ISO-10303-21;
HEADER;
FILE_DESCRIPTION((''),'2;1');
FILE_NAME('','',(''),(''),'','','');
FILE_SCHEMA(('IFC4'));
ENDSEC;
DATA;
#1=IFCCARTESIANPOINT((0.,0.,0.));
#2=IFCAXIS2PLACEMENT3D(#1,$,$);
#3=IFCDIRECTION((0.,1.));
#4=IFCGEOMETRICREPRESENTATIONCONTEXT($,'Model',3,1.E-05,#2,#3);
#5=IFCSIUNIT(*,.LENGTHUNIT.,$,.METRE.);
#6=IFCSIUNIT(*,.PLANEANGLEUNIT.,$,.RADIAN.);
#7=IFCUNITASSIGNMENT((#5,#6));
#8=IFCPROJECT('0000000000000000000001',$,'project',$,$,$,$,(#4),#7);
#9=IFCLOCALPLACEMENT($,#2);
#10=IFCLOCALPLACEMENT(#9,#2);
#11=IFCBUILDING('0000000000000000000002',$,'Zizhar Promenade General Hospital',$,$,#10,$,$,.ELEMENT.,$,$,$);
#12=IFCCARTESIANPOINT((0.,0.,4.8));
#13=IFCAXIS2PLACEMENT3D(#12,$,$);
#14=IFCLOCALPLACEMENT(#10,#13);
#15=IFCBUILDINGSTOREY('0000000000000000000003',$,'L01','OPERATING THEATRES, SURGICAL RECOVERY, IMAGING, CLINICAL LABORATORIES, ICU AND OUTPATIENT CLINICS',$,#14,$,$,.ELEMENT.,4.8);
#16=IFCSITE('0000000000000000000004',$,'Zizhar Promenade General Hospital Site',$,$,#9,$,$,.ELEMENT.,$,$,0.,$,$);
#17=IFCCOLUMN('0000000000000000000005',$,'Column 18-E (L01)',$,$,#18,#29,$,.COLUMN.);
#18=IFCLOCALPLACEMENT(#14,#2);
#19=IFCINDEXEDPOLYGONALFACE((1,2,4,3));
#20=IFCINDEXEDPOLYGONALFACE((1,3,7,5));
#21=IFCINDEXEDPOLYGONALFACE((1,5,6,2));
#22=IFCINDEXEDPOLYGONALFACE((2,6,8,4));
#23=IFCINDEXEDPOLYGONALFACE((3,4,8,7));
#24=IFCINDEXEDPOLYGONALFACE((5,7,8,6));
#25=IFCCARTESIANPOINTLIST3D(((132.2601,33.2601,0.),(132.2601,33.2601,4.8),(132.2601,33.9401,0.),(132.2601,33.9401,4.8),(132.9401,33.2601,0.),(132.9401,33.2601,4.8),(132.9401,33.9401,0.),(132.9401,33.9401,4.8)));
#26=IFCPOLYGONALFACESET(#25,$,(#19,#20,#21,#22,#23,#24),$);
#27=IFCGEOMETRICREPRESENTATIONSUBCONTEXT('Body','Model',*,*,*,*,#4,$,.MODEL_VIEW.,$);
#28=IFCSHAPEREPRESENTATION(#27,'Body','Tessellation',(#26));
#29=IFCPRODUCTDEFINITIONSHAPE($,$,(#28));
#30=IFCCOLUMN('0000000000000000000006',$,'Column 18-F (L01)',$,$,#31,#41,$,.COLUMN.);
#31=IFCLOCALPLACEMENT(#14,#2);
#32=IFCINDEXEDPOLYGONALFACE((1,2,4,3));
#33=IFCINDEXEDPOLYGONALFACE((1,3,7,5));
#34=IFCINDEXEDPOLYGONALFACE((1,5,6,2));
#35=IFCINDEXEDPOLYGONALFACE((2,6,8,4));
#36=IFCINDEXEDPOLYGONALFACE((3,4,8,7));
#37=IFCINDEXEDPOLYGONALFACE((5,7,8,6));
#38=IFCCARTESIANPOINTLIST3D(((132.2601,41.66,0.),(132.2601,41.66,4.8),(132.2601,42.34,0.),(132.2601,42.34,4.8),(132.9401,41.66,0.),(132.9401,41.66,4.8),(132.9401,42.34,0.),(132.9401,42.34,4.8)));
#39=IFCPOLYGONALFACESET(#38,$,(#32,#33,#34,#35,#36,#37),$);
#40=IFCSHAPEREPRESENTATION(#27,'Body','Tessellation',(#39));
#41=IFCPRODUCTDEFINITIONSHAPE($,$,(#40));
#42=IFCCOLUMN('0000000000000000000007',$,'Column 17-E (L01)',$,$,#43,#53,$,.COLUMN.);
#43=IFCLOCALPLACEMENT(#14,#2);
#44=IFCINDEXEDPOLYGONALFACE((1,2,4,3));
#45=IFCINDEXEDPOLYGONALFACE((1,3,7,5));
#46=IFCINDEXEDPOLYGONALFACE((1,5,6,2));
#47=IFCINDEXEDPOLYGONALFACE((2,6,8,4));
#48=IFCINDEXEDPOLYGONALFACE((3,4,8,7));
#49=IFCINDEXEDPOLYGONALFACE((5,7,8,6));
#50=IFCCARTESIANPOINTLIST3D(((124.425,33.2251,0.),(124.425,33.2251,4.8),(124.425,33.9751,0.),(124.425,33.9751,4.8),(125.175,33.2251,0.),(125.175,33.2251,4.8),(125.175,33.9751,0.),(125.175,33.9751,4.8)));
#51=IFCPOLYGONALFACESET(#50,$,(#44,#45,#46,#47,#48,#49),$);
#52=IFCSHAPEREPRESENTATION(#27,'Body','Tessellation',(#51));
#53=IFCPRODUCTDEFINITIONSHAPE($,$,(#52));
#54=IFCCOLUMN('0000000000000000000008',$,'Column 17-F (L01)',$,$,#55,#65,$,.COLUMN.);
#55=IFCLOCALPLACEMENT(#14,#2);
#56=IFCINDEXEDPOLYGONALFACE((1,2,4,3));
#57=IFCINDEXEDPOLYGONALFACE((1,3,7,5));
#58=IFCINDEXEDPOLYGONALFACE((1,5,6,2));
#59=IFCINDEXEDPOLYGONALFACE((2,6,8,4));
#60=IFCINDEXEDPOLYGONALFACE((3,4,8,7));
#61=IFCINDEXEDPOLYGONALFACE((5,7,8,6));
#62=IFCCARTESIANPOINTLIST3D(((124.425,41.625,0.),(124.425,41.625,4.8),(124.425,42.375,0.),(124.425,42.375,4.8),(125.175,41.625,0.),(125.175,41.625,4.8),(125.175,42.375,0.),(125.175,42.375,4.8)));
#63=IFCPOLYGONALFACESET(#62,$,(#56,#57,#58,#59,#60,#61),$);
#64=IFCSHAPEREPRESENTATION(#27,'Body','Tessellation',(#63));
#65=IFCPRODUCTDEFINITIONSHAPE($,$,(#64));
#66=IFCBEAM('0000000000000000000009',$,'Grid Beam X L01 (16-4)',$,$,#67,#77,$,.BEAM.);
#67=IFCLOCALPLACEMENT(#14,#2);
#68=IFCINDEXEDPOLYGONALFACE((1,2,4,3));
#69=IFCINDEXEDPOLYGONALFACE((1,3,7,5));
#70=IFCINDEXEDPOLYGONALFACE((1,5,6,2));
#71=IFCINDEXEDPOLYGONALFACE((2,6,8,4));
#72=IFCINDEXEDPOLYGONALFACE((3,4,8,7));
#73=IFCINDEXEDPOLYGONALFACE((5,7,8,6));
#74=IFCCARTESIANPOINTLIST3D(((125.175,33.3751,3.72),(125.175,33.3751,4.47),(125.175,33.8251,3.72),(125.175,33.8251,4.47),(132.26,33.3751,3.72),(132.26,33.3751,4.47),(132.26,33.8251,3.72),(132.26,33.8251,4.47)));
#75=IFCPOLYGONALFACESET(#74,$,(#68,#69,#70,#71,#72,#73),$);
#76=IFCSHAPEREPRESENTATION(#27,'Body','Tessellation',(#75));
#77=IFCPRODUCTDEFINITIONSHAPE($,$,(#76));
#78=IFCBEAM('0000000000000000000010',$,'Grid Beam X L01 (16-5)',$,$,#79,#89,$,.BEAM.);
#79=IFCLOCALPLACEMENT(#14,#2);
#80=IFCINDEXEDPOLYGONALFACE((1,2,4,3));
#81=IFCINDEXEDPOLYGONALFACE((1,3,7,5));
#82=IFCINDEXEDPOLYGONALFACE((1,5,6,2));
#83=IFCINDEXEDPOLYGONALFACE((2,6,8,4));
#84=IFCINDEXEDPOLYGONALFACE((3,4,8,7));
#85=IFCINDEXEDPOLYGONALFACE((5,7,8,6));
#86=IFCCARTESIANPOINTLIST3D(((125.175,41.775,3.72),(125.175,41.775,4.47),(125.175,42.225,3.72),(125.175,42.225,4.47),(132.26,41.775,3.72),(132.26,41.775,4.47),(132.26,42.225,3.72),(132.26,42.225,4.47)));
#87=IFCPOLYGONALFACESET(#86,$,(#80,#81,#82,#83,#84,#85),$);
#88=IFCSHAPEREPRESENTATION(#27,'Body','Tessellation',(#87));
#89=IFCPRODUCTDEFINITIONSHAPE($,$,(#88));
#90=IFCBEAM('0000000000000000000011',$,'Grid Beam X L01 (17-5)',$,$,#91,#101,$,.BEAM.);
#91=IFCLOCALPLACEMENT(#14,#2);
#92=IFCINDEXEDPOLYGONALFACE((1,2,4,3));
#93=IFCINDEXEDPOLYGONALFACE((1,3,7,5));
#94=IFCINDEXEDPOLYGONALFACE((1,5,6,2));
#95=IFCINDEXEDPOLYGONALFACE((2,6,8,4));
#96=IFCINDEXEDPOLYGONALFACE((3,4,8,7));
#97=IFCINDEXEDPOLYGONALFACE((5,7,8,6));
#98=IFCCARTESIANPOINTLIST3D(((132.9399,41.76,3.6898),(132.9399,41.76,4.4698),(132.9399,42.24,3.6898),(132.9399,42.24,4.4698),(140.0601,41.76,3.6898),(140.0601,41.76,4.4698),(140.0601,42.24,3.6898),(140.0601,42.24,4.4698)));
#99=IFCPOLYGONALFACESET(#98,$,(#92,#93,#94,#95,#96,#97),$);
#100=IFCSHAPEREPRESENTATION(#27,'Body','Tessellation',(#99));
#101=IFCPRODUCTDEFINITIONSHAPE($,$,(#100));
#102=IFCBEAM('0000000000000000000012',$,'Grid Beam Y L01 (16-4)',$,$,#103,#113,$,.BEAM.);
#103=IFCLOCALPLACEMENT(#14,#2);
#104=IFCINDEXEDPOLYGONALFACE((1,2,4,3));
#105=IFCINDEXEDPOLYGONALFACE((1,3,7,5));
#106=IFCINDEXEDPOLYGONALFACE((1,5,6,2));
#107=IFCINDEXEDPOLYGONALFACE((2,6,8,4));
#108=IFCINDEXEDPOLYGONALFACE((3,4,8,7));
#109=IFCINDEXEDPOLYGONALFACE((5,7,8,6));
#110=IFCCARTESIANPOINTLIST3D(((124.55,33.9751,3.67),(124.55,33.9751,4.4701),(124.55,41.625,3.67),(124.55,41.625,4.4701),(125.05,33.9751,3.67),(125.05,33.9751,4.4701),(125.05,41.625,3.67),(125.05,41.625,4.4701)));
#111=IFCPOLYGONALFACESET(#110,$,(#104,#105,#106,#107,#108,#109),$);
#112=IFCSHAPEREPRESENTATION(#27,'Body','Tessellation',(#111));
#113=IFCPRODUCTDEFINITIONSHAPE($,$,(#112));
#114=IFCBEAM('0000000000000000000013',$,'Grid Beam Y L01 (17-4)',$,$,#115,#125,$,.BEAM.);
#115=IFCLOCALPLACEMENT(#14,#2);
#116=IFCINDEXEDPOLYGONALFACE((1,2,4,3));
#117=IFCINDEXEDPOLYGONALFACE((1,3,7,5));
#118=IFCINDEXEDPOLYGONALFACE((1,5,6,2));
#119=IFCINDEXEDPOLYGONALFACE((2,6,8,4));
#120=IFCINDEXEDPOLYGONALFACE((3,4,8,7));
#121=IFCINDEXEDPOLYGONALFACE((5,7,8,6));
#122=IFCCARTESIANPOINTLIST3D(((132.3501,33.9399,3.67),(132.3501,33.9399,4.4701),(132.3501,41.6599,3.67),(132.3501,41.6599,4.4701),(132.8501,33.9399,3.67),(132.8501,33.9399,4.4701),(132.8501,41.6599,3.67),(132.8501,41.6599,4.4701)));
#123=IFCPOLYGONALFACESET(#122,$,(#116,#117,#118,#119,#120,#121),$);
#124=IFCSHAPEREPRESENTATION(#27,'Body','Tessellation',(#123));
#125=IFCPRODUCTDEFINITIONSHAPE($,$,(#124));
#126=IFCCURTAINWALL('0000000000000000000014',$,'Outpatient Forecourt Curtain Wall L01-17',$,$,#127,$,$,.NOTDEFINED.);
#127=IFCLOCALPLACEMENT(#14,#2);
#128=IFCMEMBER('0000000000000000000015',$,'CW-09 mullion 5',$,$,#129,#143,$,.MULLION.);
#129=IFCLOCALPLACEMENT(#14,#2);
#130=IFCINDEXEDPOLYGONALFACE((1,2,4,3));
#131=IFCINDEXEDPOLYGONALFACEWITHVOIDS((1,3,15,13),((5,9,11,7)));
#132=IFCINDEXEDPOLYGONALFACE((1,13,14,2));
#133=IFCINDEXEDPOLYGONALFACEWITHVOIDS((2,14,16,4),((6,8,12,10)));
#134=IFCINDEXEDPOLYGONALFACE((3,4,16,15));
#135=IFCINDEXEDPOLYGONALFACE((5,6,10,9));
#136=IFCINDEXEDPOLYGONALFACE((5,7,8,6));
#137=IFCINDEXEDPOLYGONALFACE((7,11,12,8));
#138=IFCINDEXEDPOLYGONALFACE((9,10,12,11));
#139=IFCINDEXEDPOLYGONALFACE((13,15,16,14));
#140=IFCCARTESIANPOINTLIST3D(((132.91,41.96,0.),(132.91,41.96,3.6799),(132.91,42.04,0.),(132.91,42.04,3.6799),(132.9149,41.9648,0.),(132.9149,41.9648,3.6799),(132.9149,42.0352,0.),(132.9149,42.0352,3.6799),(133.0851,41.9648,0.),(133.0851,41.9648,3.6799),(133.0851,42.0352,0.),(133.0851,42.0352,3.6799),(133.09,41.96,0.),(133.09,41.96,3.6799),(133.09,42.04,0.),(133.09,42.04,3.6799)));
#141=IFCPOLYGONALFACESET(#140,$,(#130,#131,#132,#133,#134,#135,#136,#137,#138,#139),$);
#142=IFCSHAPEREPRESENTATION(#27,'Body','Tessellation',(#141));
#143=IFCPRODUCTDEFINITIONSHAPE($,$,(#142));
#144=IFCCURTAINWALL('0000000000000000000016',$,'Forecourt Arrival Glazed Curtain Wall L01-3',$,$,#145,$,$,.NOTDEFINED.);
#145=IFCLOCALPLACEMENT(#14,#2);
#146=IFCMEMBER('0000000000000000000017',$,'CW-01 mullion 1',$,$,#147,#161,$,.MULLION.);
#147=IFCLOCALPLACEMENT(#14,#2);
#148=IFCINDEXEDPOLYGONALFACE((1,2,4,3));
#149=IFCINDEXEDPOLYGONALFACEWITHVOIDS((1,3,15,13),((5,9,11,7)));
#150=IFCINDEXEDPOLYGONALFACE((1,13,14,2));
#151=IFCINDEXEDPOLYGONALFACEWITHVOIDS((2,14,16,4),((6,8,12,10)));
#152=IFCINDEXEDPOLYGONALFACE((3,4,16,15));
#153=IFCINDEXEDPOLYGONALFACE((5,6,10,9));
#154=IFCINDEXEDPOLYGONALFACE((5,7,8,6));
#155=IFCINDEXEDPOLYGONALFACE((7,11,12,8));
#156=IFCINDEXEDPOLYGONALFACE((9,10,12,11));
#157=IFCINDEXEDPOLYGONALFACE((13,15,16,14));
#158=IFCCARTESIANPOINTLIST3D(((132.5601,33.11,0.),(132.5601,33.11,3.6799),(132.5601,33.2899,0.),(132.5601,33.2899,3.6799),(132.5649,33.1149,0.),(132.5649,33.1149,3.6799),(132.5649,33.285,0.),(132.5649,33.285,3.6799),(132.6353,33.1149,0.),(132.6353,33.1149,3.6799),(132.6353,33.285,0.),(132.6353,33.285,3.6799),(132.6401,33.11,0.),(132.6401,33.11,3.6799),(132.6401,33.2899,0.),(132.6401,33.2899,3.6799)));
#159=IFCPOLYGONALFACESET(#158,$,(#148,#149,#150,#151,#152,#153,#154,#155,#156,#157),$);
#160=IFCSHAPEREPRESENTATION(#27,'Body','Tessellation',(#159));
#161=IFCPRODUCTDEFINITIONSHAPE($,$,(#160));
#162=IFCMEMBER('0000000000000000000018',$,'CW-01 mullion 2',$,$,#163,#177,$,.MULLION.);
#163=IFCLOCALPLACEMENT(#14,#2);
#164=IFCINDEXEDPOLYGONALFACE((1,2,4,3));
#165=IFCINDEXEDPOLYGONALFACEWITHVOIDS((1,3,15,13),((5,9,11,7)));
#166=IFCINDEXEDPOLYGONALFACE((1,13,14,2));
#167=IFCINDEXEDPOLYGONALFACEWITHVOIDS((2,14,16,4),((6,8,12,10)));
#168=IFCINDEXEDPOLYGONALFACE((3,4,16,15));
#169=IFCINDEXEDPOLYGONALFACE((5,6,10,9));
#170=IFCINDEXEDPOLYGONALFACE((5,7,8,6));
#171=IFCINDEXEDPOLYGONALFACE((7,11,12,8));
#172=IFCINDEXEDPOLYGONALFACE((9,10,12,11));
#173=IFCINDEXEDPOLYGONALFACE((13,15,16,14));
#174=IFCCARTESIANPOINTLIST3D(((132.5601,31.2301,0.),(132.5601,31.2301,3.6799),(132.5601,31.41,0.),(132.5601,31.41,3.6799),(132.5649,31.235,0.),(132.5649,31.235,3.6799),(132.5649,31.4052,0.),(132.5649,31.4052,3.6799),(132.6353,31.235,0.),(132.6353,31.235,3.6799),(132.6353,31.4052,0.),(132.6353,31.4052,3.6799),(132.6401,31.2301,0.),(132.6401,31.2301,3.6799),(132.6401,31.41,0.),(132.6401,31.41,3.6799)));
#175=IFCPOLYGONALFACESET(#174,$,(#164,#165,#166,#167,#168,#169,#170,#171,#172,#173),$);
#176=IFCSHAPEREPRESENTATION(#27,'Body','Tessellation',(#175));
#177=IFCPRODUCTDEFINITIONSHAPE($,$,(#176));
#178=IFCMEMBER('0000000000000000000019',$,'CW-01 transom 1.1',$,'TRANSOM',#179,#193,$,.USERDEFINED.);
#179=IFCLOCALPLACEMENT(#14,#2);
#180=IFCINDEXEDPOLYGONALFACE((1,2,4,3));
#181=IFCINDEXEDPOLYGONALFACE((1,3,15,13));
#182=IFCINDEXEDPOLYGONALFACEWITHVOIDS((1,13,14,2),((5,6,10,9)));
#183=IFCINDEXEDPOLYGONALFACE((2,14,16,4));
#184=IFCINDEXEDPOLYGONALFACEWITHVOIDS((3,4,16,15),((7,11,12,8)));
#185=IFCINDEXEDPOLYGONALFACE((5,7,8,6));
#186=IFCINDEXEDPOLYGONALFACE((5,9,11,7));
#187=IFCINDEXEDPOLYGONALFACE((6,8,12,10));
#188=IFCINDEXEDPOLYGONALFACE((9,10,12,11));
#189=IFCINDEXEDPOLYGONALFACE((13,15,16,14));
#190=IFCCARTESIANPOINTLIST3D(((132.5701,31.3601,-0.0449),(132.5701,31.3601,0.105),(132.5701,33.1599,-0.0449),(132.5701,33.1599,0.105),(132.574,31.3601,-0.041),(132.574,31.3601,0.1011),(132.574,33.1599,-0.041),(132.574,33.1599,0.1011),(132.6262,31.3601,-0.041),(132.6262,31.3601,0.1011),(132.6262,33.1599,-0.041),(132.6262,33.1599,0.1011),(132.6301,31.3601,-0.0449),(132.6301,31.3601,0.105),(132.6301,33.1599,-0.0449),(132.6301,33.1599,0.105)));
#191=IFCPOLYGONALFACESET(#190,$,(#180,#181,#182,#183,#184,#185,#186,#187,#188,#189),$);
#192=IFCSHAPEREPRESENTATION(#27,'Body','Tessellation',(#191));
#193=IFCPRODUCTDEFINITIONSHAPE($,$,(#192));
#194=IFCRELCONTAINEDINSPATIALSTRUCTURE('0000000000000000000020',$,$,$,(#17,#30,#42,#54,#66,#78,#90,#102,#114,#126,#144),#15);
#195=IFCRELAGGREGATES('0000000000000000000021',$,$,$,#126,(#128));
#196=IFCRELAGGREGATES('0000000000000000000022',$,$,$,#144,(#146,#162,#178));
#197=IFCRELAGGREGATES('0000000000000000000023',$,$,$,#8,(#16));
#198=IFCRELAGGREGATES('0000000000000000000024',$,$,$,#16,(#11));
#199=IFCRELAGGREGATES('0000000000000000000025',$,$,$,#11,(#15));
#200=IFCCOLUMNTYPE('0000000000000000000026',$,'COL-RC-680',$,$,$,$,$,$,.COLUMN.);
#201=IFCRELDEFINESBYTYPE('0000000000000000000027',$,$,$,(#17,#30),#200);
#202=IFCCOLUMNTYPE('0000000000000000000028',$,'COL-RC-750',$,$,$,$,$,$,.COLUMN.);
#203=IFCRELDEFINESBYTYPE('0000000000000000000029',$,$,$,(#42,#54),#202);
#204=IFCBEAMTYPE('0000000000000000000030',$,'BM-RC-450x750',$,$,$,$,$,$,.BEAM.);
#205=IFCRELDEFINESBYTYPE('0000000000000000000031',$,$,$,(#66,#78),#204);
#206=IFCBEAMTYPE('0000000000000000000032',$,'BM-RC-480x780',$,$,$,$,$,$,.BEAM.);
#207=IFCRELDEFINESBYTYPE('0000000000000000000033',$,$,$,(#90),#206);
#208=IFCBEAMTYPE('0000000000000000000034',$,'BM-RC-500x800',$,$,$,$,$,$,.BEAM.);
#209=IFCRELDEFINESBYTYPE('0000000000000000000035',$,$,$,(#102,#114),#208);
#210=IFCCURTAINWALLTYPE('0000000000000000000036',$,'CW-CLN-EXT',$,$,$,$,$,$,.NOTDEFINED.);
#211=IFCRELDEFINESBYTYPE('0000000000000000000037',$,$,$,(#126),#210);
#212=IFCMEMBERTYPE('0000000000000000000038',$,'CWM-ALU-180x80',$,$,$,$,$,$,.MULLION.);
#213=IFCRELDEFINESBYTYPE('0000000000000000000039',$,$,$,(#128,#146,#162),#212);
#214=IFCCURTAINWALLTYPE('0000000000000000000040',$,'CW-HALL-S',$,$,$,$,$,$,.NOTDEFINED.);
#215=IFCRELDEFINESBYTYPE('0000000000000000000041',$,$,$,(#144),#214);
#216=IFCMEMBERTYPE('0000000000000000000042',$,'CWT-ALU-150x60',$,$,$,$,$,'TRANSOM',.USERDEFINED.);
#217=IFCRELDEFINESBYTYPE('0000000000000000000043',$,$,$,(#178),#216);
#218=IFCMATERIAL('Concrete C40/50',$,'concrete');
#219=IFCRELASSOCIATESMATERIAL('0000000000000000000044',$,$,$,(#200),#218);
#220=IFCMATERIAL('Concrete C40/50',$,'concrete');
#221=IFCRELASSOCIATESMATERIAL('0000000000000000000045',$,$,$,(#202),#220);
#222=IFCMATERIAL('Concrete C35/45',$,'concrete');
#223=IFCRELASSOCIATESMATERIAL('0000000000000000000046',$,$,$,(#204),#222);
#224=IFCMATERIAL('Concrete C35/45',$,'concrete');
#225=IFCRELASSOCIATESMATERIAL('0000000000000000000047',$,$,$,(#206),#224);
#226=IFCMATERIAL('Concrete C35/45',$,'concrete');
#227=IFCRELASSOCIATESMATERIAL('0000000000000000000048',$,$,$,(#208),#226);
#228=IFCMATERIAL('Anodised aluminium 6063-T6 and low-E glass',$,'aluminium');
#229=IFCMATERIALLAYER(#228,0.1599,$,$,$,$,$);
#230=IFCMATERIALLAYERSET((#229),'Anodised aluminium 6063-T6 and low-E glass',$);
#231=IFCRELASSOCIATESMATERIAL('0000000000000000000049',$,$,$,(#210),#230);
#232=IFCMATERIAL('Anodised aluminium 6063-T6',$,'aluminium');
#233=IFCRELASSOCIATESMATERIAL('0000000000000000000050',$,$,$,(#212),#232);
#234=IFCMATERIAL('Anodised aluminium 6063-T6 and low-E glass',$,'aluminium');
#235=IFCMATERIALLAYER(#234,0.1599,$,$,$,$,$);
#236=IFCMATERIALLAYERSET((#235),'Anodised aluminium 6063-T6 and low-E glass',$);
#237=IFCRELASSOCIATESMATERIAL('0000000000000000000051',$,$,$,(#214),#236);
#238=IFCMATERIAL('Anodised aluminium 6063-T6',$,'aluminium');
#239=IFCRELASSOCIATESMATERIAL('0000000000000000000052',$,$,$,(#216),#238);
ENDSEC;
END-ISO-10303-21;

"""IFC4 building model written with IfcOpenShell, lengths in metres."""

from ifc_helpers import new_model, si_unit, direction, frame, origin, origin_2d, place, context, subcontext, project, spatial, rectangle, hollow_rectangle, extrude, material, layer, layer_set, material_profile, profile_set, type_object, element, aggregate, save


model = new_model("IFC4")

# Units and contexts
model_context = context("Model", 3, precision=1e-05, world=origin(), true_north=direction((0.0, 1.0)))
body_context = subcontext(model_context, "Body", "Model", "MODEL_VIEW")
ifc_project = project(units=[si_unit("LENGTHUNIT", "METRE"), si_unit("PLANEANGLEUNIT", "RADIAN")], contexts=[model_context])

# Site, building, storey
site_placement = place(None, origin())
site = spatial("IfcSite", under=ifc_project, at=site_placement, Name="Zizhar Promenade General Hospital Site", CompositionType="ELEMENT", RefElevation=0.0)
building_placement = place(site_placement, origin())
building = spatial("IfcBuilding", under=site, at=building_placement, Name="Zizhar Promenade General Hospital", CompositionType="ELEMENT")
storey_placement = place(building_placement, frame((0.0, 0.0, 4.8)))
storey = spatial("IfcBuildingStorey", under=building, at=storey_placement, Name="L01", Description="OPERATING THEATRES, SURGICAL RECOVERY, IMAGING, CLINICAL LABORATORIES, ICU AND OUTPATIENT CLINICS", CompositionType="ELEMENT", Elevation=4.8)

# Columns
ifc_material_1 = material(Name="Concrete C40/50", Category="concrete")
ifc_material_profile_1 = material_profile(ifc_material_1, rectangle(XDim=0.6799, YDim=0.6799, at=origin_2d()))
ifc_profile_set_1 = profile_set([ifc_material_profile_1], Name="Concrete C40/50")
column_type_1 = type_object("IfcColumnType", Name="COL-RC-680", PredefinedType="COLUMN", material=ifc_profile_set_1)
for number, where, z_axis, x_axis, name in (
    (1, (132.6001, 33.6001, 0.0), (0.0, 0.0, 1.0), (1.0, 0.0, 0.0), "Column 18-E (L01)"),
    (2, (132.6001, 42.0, 0.0), (0.0, 0.0, 1.0), (1.0, 0.0, 0.0), "Column 18-F (L01)"),
):
    element("IfcColumn", number, at=place(storey_placement, frame(where, z_axis=z_axis, x_axis=x_axis)), inside=storey, type_object=column_type_1, Name=name, PredefinedType="COLUMN", context=body_context, shape_type="SweptSolid", body=[
        extrude(rectangle(XDim=0.6799, YDim=0.6799, at=origin_2d()), origin(), (0.0, 0.0, 1.0), 4.8),
    ])
ifc_material_2 = material(Name="Concrete C40/50", Category="concrete")
ifc_material_profile_2 = material_profile(ifc_material_2, rectangle(XDim=0.75, YDim=0.75, at=origin_2d()))
ifc_profile_set_2 = profile_set([ifc_material_profile_2], Name="Concrete C40/50")
column_type_2 = type_object("IfcColumnType", Name="COL-RC-750", PredefinedType="COLUMN", material=ifc_profile_set_2)
for number, where, z_axis, x_axis, name in (
    (3, (124.8, 33.6001, 0.0), (0.0, 0.0, 1.0), (1.0, 0.0, 0.0), "Column 17-E (L01)"),
    (4, (124.8, 42.0, 0.0), (0.0, 0.0, 1.0), (1.0, 0.0, 0.0), "Column 17-F (L01)"),
):
    element("IfcColumn", number, at=place(storey_placement, frame(where, z_axis=z_axis, x_axis=x_axis)), inside=storey, type_object=column_type_2, Name=name, PredefinedType="COLUMN", context=body_context, shape_type="SweptSolid", body=[
        extrude(rectangle(XDim=0.75, YDim=0.75, at=origin_2d()), origin(), (0.0, 0.0, 1.0), 4.8),
    ])

# Beams
ifc_material_3 = material(Name="Concrete C35/45", Category="concrete")
ifc_material_profile_3 = material_profile(ifc_material_3, rectangle(XDim=0.45, YDim=0.75, at=origin_2d()))
ifc_profile_set_3 = profile_set([ifc_material_profile_3], Name="Concrete C35/45")
beam_type_1 = type_object("IfcBeamType", Name="BM-RC-450x750", PredefinedType="BEAM", material=ifc_profile_set_3)
for number, where, z_axis, x_axis, name in (
    (5, (125.175, 33.6001, 4.095), (1.0, 0.0, 0.0), (0.0, 1.0, 0.0), "Grid Beam X L01 (16-4)"),
    (6, (125.175, 42.0, 4.095), (1.0, 0.0, 0.0), (0.0, 1.0, 0.0), "Grid Beam X L01 (16-5)"),
):
    element("IfcBeam", number, at=place(storey_placement, frame(where, z_axis=z_axis, x_axis=x_axis)), inside=storey, type_object=beam_type_1, Name=name, PredefinedType="BEAM", context=body_context, shape_type="SweptSolid", body=[
        extrude(rectangle(XDim=0.45, YDim=0.75, at=origin_2d()), origin(), (0.0, 0.0, 1.0), 7.085),
    ])
ifc_material_4 = material(Name="Concrete C35/45", Category="concrete")
ifc_material_profile_4 = material_profile(ifc_material_4, rectangle(XDim=0.48, YDim=0.78, at=origin_2d()))
ifc_profile_set_4 = profile_set([ifc_material_profile_4], Name="Concrete C35/45")
beam_type_2 = type_object("IfcBeamType", Name="BM-RC-480x780", PredefinedType="BEAM", material=ifc_profile_set_4)
beam_1_placement = place(storey_placement, frame((132.9399, 42.0, 4.0798), z_axis=(1.0, 0.0, 0.0), x_axis=(0.0, 1.0, 0.0)))
element("IfcBeam", 7, at=beam_1_placement, inside=storey, type_object=beam_type_2, Name="Grid Beam X L01 (17-5)", PredefinedType="BEAM", context=body_context, shape_type="SweptSolid", body=[
    extrude(rectangle(XDim=0.48, YDim=0.78, at=origin_2d()), origin(), (0.0, 0.0, 1.0), 7.1201),
])
ifc_material_5 = material(Name="Concrete C35/45", Category="concrete")
ifc_material_profile_5 = material_profile(ifc_material_5, rectangle(XDim=0.5, YDim=0.8, at=origin_2d()))
ifc_profile_set_5 = profile_set([ifc_material_profile_5], Name="Concrete C35/45")
beam_type_3 = type_object("IfcBeamType", Name="BM-RC-500x800", PredefinedType="BEAM", material=ifc_profile_set_5)
beam_2_placement = place(storey_placement, frame((124.8, 33.9751, 4.0701), z_axis=(0.0, 1.0, 0.0), x_axis=(-1.0, 0.0, 0.0)))
element("IfcBeam", 8, at=beam_2_placement, inside=storey, type_object=beam_type_3, Name="Grid Beam Y L01 (16-4)", PredefinedType="BEAM", context=body_context, shape_type="SweptSolid", body=[
    extrude(rectangle(XDim=0.5, YDim=0.8, at=origin_2d()), origin(), (0.0, 0.0, 1.0), 7.6499),
])
beam_3_placement = place(storey_placement, frame((132.6001, 33.9399, 4.0701), z_axis=(0.0, 1.0, 0.0), x_axis=(-1.0, 0.0, 0.0)))
element("IfcBeam", 9, at=beam_3_placement, inside=storey, type_object=beam_type_3, Name="Grid Beam Y L01 (17-4)", PredefinedType="BEAM", context=body_context, shape_type="SweptSolid", body=[
    extrude(rectangle(XDim=0.5, YDim=0.8, at=origin_2d()), origin(), (0.0, 0.0, 1.0), 7.72),
])

# Curtain wall, member
ifc_material_6 = material(Name="Anodised aluminium 6063-T6 and low-E glass", Category="aluminium")
ifc_layer_1 = layer(ifc_material_6, 0.1599)
ifc_layer_set_1 = layer_set([ifc_layer_1], Name="Anodised aluminium 6063-T6 and low-E glass")
curtain_wall_type_1 = type_object("IfcCurtainWallType", Name="CW-CLN-EXT", PredefinedType="NOTDEFINED", material=ifc_layer_set_1)
curtain_wall_1_placement = place(storey_placement, origin())
curtain_wall_1 = element("IfcCurtainWall", 10, at=curtain_wall_1_placement, inside=storey, type_object=curtain_wall_type_1, Name="Outpatient Forecourt Curtain Wall L01-17", PredefinedType="NOTDEFINED")
ifc_material_7 = material(Name="Anodised aluminium 6063-T6", Category="aluminium")
ifc_material_profile_6 = material_profile(ifc_material_7, hollow_rectangle(XDim=0.0801, YDim=0.1799, WallThickness=0.0049, at=origin_2d()))
ifc_profile_set_6 = profile_set([ifc_material_profile_6], Name="Anodised aluminium 6063-T6")
member_type_1 = type_object("IfcMemberType", Name="CWM-ALU-180x80", PredefinedType="MULLION", material=ifc_profile_set_6)
member_1_placement = place(storey_placement, frame((133.0, 42.0, 0.0), z_axis=(0.0, 0.0, 1.0), x_axis=(0.0, -1.0, 0.0)))
member_1 = element("IfcMember", 11, at=member_1_placement, type_object=member_type_1, Name="CW-09 mullion 5", PredefinedType="MULLION", context=body_context, shape_type="SweptSolid", body=[
    extrude(hollow_rectangle(XDim=0.0801, YDim=0.1799, WallThickness=0.0049, at=origin_2d()), origin(), (0.0, 0.0, 1.0), 3.6799),
])

# Curtain wall, members
ifc_material_8 = material(Name="Anodised aluminium 6063-T6 and low-E glass", Category="aluminium")
ifc_layer_2 = layer(ifc_material_8, 0.1599)
ifc_layer_set_2 = layer_set([ifc_layer_2], Name="Anodised aluminium 6063-T6 and low-E glass")
curtain_wall_type_2 = type_object("IfcCurtainWallType", Name="CW-HALL-S", PredefinedType="NOTDEFINED", material=ifc_layer_set_2)
curtain_wall_2_placement = place(storey_placement, origin())
curtain_wall_2 = element("IfcCurtainWall", 12, at=curtain_wall_2_placement, inside=storey, type_object=curtain_wall_type_2, Name="Forecourt Arrival Glazed Curtain Wall L01-3", PredefinedType="NOTDEFINED")
member_2_placement = place(storey_placement, frame((132.6001, 33.2, 0.0), z_axis=(0.0, 0.0, 1.0), x_axis=(1.0, 0.0, 0.0)))
member_2 = element("IfcMember", 13, at=member_2_placement, type_object=member_type_1, Name="CW-01 mullion 1", PredefinedType="MULLION", context=body_context, shape_type="SweptSolid", body=[
    extrude(hollow_rectangle(XDim=0.0801, YDim=0.1799, WallThickness=0.0049, at=origin_2d()), origin(), (0.0, 0.0, 1.0), 3.6799),
])
member_3_placement = place(storey_placement, frame((132.6001, 31.3201, 0.0), z_axis=(0.0, 0.0, 1.0), x_axis=(1.0, 0.0, 0.0)))
member_3 = element("IfcMember", 14, at=member_3_placement, type_object=member_type_1, Name="CW-01 mullion 2", PredefinedType="MULLION", context=body_context, shape_type="SweptSolid", body=[
    extrude(hollow_rectangle(XDim=0.0801, YDim=0.1799, WallThickness=0.0049, at=origin_2d()), origin(), (0.0, 0.0, 1.0), 3.6799),
])
ifc_material_9 = material(Name="Anodised aluminium 6063-T6", Category="aluminium")
ifc_material_profile_7 = material_profile(ifc_material_9, hollow_rectangle(XDim=0.0601, YDim=0.1499, WallThickness=0.0039, at=origin_2d()))
ifc_profile_set_7 = profile_set([ifc_material_profile_7], Name="Anodised aluminium 6063-T6")
member_type_2 = type_object("IfcMemberType", Name="CWT-ALU-150x60", ElementType="TRANSOM", PredefinedType="USERDEFINED", material=ifc_profile_set_7)
member_4_placement = place(storey_placement, frame((132.6001, 33.1599, 0.03), z_axis=(0.0, -1.0, 0.0), x_axis=(1.0, 0.0, 0.0)))
member_4 = element("IfcMember", 15, at=member_4_placement, type_object=member_type_2, Name="CW-01 transom 1.1", ObjectType="TRANSOM", PredefinedType="USERDEFINED", context=body_context, shape_type="SweptSolid", body=[
    extrude(hollow_rectangle(XDim=0.0601, YDim=0.1499, WallThickness=0.0039, at=origin_2d()), origin(), (0.0, 0.0, 1.0), 1.7998),
])

aggregate(curtain_wall_1, [member_1])
aggregate(curtain_wall_2, [member_2, member_3, member_4])

save(model, "model.ifc")
